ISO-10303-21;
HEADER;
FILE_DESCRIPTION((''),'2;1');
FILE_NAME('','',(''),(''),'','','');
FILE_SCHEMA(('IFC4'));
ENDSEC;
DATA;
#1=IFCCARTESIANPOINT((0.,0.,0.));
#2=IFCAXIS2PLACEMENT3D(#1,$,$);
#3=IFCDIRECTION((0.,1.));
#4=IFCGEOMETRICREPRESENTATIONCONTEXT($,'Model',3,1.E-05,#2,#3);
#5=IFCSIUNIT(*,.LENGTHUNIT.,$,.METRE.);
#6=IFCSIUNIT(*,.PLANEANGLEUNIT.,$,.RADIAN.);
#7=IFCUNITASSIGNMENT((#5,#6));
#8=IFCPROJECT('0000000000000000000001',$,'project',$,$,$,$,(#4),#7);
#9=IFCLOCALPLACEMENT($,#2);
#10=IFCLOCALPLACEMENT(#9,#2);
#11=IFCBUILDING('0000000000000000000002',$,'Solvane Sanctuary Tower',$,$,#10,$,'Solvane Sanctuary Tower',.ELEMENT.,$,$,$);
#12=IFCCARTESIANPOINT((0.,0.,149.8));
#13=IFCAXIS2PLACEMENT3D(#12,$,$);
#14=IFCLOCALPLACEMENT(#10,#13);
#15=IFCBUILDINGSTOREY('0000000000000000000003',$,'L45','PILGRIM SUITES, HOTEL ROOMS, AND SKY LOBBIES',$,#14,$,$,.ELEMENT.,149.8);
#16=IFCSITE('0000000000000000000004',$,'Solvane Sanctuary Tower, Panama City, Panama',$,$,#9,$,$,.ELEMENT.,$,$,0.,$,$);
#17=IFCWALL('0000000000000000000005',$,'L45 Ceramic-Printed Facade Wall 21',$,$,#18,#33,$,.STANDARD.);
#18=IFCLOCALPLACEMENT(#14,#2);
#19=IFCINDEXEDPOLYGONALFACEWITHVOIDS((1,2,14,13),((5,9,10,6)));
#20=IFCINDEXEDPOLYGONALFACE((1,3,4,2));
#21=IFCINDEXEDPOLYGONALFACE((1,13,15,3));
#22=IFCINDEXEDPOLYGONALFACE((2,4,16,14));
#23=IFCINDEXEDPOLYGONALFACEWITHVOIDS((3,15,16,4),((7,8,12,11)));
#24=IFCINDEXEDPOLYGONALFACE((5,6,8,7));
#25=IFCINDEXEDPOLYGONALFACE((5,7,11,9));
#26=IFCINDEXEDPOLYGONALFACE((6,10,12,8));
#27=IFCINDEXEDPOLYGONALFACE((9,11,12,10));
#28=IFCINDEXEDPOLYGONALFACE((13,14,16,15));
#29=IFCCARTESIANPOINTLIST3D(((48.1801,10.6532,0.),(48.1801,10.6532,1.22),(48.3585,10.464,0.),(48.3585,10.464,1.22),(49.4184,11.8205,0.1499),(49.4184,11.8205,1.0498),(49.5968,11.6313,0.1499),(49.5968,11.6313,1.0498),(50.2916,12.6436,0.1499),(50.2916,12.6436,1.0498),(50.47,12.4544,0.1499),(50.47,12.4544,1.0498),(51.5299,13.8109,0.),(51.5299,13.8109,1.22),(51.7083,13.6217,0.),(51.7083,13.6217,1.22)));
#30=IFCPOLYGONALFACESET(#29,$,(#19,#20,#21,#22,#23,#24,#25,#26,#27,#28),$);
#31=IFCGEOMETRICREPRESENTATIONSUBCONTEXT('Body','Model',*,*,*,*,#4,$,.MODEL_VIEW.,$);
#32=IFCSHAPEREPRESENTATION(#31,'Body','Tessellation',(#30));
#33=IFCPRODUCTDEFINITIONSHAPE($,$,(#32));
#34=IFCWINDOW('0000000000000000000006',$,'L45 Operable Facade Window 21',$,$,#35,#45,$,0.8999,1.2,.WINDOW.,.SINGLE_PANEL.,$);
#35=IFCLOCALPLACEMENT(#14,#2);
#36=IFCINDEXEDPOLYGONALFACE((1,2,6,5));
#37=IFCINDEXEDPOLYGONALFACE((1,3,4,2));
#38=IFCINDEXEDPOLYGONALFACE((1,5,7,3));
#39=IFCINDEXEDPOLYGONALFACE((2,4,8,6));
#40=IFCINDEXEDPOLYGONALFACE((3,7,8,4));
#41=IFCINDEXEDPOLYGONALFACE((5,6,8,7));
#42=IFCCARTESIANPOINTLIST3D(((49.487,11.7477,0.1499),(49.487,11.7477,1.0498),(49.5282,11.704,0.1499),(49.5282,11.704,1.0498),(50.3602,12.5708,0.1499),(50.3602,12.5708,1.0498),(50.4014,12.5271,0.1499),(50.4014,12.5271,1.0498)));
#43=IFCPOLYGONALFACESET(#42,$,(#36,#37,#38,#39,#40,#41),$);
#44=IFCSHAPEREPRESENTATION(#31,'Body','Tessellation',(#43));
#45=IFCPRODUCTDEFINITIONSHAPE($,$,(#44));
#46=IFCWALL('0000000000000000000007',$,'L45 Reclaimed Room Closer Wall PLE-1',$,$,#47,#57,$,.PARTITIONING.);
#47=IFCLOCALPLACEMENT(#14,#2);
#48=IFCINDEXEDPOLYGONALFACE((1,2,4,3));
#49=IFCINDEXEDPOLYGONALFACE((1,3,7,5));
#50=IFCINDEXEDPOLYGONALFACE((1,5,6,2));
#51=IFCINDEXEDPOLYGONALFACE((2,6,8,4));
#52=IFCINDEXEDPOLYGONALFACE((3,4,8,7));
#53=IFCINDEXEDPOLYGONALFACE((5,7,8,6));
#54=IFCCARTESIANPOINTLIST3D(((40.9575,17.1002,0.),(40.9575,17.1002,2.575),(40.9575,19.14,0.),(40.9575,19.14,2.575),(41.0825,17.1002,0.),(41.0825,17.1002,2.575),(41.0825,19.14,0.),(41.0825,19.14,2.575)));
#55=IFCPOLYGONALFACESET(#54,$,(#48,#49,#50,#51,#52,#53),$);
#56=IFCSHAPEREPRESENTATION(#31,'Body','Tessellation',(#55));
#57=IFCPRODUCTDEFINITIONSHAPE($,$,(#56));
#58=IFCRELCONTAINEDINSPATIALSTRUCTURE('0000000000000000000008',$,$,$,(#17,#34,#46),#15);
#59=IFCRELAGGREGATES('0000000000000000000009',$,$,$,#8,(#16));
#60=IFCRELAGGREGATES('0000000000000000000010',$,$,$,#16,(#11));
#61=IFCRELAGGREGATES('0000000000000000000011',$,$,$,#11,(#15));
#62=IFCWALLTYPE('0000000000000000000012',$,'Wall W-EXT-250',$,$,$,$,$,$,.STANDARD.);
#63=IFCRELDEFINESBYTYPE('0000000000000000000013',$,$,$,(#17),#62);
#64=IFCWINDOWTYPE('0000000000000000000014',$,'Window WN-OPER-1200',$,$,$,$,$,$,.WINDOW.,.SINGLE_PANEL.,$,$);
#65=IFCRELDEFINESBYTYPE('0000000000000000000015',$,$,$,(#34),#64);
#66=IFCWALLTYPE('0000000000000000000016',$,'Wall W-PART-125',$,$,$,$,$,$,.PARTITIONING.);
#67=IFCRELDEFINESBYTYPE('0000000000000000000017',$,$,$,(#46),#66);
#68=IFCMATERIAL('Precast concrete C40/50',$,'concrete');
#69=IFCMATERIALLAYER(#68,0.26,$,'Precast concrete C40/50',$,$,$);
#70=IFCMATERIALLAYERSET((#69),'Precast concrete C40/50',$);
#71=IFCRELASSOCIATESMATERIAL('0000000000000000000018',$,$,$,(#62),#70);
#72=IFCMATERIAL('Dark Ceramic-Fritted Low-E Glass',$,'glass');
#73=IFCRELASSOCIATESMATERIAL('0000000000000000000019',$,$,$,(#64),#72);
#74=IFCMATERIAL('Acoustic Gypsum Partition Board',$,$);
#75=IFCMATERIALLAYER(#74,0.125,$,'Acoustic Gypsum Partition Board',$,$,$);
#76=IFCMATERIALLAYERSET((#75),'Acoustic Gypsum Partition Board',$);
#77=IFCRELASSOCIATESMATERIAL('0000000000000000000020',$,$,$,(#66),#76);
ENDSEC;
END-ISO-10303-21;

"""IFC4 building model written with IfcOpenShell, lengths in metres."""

from ifc_helpers import new_model, si_unit, direction, frame, frame_2d, origin, place, context, subcontext, project, spatial, rectangle, extrude, material, layer, layer_set, type_object, element, fill, save


model = new_model("IFC4")

# Units and contexts
model_context = context("Model", 3, precision=1e-05, world=origin(), true_north=direction((0.0, 1.0)))
body_context = subcontext(model_context, "Body", "Model", "MODEL_VIEW")
ifc_project = project(units=[si_unit("LENGTHUNIT", "METRE"), si_unit("PLANEANGLEUNIT", "RADIAN")], contexts=[model_context])

# Site, building, storey
site_placement = place(None, origin())
site = spatial("IfcSite", under=ifc_project, at=site_placement, Name="Solvane Sanctuary Tower, Panama City, Panama", CompositionType="ELEMENT", RefElevation=0.0)
building_placement = place(site_placement, origin())
building = spatial("IfcBuilding", under=site, at=building_placement, Name="Solvane Sanctuary Tower", LongName="Solvane Sanctuary Tower", CompositionType="ELEMENT")
storey_placement = place(building_placement, frame((0.0, 0.0, 149.8)))
storey = spatial("IfcBuildingStorey", under=building, at=storey_placement, Name="L45", Description="PILGRIM SUITES, HOTEL ROOMS, AND SKY LOBBIES", CompositionType="ELEMENT", Elevation=149.8)

# Shared definitions
ifc_material_1 = material(Name="Dark Ceramic-Fritted Low-E Glass", Category="glass")

# Shared definitions
ifc_material_2 = material(Name="Acoustic Gypsum Partition Board")

# Shared definitions
ifc_material_3 = material(Name="Precast concrete C40/50", Category="concrete")
ifc_layer_1 = layer(ifc_material_3, 0.26, Name="Precast concrete C40/50")
ifc_layer_set_1 = layer_set([ifc_layer_1], Name="Precast concrete C40/50")
wall_type_1 = type_object("IfcWallType", Name="Wall W-EXT-250", PredefinedType="STANDARD", material=ifc_layer_set_1)

# Wall, opening, window
wall_1_placement = place(storey_placement, frame((48.2693, 10.5586, 0.0), z_axis=(0.0, 0.0, 1.0), x_axis=(0.727667, 0.68593, 0.0)))
wall_1 = element("IfcWall", 1, at=wall_1_placement, inside=storey, type_object=wall_type_1, Name="L45 Ceramic-Printed Facade Wall 21", PredefinedType="STANDARD", context=body_context, shape_type="SweptSolid", body=[
    extrude(rectangle(XDim=4.6035, YDim=0.26, at=frame_2d((2.3018, 0.0))), origin(), (0.0, 0.0, 1.0), 1.22),
])
opening_1_placement = place(wall_1_placement, frame((1.7017, 0.0, 0.1499)))
opening_1 = element("IfcOpeningElement", 2, at=opening_1_placement, cuts=wall_1, PredefinedType="OPENING", context=body_context, shape_type="SweptSolid", body=[
    extrude(rectangle(XDim=1.2, YDim=0.8999, at=frame_2d((0.6001, 0.45))), frame((0.0, 0.1399, 0.0), z_axis=(0.0, -1.0, 0.0), x_axis=(1.0, 0.0, 0.0)), (0.0, 0.0, 1.0), 0.28),
])
window_type = type_object("IfcWindowType", Name="Window WN-OPER-1200", PartitioningType="SINGLE_PANEL", PredefinedType="WINDOW", material=ifc_material_1)
window_placement = place(opening_1_placement, origin())
window = element("IfcWindow", 3, at=window_placement, inside=storey, type_object=window_type, Name="L45 Operable Facade Window 21", OverallHeight=0.8999, OverallWidth=1.2, PartitioningType="SINGLE_PANEL", PredefinedType="WINDOW", context=body_context, shape_type="SweptSolid", body=[
    extrude(rectangle(XDim=1.2, YDim=0.8999, at=frame_2d((0.6001, 0.45))), frame((0.0, 0.03, 0.0), z_axis=(0.0, -1.0, 0.0), x_axis=(1.0, 0.0, 0.0)), (0.0, 0.0, 1.0), 0.0601),
])
fill(opening_1, window)

# Wall
ifc_layer_2 = layer(ifc_material_2, 0.125, Name="Acoustic Gypsum Partition Board")
ifc_layer_set_2 = layer_set([ifc_layer_2], Name="Acoustic Gypsum Partition Board")
wall_type_2 = type_object("IfcWallType", Name="Wall W-PART-125", PredefinedType="PARTITIONING", material=ifc_layer_set_2)
wall_2_placement = place(storey_placement, frame((41.02, 17.1001, 0.0), z_axis=(0.0, 0.0, 1.0), x_axis=(0.0, 1.0, 0.0)))
element("IfcWall", 4, at=wall_2_placement, inside=storey, type_object=wall_type_2, Name="L45 Reclaimed Room Closer Wall PLE-1", PredefinedType="PARTITIONING", context=body_context, shape_type="SweptSolid", body=[
    extrude(rectangle(XDim=2.0398, YDim=0.125, at=frame_2d((1.02, 0.0))), origin(), (0.0, 0.0, 1.0), 2.575),
])

save(model, "model.ifc")
